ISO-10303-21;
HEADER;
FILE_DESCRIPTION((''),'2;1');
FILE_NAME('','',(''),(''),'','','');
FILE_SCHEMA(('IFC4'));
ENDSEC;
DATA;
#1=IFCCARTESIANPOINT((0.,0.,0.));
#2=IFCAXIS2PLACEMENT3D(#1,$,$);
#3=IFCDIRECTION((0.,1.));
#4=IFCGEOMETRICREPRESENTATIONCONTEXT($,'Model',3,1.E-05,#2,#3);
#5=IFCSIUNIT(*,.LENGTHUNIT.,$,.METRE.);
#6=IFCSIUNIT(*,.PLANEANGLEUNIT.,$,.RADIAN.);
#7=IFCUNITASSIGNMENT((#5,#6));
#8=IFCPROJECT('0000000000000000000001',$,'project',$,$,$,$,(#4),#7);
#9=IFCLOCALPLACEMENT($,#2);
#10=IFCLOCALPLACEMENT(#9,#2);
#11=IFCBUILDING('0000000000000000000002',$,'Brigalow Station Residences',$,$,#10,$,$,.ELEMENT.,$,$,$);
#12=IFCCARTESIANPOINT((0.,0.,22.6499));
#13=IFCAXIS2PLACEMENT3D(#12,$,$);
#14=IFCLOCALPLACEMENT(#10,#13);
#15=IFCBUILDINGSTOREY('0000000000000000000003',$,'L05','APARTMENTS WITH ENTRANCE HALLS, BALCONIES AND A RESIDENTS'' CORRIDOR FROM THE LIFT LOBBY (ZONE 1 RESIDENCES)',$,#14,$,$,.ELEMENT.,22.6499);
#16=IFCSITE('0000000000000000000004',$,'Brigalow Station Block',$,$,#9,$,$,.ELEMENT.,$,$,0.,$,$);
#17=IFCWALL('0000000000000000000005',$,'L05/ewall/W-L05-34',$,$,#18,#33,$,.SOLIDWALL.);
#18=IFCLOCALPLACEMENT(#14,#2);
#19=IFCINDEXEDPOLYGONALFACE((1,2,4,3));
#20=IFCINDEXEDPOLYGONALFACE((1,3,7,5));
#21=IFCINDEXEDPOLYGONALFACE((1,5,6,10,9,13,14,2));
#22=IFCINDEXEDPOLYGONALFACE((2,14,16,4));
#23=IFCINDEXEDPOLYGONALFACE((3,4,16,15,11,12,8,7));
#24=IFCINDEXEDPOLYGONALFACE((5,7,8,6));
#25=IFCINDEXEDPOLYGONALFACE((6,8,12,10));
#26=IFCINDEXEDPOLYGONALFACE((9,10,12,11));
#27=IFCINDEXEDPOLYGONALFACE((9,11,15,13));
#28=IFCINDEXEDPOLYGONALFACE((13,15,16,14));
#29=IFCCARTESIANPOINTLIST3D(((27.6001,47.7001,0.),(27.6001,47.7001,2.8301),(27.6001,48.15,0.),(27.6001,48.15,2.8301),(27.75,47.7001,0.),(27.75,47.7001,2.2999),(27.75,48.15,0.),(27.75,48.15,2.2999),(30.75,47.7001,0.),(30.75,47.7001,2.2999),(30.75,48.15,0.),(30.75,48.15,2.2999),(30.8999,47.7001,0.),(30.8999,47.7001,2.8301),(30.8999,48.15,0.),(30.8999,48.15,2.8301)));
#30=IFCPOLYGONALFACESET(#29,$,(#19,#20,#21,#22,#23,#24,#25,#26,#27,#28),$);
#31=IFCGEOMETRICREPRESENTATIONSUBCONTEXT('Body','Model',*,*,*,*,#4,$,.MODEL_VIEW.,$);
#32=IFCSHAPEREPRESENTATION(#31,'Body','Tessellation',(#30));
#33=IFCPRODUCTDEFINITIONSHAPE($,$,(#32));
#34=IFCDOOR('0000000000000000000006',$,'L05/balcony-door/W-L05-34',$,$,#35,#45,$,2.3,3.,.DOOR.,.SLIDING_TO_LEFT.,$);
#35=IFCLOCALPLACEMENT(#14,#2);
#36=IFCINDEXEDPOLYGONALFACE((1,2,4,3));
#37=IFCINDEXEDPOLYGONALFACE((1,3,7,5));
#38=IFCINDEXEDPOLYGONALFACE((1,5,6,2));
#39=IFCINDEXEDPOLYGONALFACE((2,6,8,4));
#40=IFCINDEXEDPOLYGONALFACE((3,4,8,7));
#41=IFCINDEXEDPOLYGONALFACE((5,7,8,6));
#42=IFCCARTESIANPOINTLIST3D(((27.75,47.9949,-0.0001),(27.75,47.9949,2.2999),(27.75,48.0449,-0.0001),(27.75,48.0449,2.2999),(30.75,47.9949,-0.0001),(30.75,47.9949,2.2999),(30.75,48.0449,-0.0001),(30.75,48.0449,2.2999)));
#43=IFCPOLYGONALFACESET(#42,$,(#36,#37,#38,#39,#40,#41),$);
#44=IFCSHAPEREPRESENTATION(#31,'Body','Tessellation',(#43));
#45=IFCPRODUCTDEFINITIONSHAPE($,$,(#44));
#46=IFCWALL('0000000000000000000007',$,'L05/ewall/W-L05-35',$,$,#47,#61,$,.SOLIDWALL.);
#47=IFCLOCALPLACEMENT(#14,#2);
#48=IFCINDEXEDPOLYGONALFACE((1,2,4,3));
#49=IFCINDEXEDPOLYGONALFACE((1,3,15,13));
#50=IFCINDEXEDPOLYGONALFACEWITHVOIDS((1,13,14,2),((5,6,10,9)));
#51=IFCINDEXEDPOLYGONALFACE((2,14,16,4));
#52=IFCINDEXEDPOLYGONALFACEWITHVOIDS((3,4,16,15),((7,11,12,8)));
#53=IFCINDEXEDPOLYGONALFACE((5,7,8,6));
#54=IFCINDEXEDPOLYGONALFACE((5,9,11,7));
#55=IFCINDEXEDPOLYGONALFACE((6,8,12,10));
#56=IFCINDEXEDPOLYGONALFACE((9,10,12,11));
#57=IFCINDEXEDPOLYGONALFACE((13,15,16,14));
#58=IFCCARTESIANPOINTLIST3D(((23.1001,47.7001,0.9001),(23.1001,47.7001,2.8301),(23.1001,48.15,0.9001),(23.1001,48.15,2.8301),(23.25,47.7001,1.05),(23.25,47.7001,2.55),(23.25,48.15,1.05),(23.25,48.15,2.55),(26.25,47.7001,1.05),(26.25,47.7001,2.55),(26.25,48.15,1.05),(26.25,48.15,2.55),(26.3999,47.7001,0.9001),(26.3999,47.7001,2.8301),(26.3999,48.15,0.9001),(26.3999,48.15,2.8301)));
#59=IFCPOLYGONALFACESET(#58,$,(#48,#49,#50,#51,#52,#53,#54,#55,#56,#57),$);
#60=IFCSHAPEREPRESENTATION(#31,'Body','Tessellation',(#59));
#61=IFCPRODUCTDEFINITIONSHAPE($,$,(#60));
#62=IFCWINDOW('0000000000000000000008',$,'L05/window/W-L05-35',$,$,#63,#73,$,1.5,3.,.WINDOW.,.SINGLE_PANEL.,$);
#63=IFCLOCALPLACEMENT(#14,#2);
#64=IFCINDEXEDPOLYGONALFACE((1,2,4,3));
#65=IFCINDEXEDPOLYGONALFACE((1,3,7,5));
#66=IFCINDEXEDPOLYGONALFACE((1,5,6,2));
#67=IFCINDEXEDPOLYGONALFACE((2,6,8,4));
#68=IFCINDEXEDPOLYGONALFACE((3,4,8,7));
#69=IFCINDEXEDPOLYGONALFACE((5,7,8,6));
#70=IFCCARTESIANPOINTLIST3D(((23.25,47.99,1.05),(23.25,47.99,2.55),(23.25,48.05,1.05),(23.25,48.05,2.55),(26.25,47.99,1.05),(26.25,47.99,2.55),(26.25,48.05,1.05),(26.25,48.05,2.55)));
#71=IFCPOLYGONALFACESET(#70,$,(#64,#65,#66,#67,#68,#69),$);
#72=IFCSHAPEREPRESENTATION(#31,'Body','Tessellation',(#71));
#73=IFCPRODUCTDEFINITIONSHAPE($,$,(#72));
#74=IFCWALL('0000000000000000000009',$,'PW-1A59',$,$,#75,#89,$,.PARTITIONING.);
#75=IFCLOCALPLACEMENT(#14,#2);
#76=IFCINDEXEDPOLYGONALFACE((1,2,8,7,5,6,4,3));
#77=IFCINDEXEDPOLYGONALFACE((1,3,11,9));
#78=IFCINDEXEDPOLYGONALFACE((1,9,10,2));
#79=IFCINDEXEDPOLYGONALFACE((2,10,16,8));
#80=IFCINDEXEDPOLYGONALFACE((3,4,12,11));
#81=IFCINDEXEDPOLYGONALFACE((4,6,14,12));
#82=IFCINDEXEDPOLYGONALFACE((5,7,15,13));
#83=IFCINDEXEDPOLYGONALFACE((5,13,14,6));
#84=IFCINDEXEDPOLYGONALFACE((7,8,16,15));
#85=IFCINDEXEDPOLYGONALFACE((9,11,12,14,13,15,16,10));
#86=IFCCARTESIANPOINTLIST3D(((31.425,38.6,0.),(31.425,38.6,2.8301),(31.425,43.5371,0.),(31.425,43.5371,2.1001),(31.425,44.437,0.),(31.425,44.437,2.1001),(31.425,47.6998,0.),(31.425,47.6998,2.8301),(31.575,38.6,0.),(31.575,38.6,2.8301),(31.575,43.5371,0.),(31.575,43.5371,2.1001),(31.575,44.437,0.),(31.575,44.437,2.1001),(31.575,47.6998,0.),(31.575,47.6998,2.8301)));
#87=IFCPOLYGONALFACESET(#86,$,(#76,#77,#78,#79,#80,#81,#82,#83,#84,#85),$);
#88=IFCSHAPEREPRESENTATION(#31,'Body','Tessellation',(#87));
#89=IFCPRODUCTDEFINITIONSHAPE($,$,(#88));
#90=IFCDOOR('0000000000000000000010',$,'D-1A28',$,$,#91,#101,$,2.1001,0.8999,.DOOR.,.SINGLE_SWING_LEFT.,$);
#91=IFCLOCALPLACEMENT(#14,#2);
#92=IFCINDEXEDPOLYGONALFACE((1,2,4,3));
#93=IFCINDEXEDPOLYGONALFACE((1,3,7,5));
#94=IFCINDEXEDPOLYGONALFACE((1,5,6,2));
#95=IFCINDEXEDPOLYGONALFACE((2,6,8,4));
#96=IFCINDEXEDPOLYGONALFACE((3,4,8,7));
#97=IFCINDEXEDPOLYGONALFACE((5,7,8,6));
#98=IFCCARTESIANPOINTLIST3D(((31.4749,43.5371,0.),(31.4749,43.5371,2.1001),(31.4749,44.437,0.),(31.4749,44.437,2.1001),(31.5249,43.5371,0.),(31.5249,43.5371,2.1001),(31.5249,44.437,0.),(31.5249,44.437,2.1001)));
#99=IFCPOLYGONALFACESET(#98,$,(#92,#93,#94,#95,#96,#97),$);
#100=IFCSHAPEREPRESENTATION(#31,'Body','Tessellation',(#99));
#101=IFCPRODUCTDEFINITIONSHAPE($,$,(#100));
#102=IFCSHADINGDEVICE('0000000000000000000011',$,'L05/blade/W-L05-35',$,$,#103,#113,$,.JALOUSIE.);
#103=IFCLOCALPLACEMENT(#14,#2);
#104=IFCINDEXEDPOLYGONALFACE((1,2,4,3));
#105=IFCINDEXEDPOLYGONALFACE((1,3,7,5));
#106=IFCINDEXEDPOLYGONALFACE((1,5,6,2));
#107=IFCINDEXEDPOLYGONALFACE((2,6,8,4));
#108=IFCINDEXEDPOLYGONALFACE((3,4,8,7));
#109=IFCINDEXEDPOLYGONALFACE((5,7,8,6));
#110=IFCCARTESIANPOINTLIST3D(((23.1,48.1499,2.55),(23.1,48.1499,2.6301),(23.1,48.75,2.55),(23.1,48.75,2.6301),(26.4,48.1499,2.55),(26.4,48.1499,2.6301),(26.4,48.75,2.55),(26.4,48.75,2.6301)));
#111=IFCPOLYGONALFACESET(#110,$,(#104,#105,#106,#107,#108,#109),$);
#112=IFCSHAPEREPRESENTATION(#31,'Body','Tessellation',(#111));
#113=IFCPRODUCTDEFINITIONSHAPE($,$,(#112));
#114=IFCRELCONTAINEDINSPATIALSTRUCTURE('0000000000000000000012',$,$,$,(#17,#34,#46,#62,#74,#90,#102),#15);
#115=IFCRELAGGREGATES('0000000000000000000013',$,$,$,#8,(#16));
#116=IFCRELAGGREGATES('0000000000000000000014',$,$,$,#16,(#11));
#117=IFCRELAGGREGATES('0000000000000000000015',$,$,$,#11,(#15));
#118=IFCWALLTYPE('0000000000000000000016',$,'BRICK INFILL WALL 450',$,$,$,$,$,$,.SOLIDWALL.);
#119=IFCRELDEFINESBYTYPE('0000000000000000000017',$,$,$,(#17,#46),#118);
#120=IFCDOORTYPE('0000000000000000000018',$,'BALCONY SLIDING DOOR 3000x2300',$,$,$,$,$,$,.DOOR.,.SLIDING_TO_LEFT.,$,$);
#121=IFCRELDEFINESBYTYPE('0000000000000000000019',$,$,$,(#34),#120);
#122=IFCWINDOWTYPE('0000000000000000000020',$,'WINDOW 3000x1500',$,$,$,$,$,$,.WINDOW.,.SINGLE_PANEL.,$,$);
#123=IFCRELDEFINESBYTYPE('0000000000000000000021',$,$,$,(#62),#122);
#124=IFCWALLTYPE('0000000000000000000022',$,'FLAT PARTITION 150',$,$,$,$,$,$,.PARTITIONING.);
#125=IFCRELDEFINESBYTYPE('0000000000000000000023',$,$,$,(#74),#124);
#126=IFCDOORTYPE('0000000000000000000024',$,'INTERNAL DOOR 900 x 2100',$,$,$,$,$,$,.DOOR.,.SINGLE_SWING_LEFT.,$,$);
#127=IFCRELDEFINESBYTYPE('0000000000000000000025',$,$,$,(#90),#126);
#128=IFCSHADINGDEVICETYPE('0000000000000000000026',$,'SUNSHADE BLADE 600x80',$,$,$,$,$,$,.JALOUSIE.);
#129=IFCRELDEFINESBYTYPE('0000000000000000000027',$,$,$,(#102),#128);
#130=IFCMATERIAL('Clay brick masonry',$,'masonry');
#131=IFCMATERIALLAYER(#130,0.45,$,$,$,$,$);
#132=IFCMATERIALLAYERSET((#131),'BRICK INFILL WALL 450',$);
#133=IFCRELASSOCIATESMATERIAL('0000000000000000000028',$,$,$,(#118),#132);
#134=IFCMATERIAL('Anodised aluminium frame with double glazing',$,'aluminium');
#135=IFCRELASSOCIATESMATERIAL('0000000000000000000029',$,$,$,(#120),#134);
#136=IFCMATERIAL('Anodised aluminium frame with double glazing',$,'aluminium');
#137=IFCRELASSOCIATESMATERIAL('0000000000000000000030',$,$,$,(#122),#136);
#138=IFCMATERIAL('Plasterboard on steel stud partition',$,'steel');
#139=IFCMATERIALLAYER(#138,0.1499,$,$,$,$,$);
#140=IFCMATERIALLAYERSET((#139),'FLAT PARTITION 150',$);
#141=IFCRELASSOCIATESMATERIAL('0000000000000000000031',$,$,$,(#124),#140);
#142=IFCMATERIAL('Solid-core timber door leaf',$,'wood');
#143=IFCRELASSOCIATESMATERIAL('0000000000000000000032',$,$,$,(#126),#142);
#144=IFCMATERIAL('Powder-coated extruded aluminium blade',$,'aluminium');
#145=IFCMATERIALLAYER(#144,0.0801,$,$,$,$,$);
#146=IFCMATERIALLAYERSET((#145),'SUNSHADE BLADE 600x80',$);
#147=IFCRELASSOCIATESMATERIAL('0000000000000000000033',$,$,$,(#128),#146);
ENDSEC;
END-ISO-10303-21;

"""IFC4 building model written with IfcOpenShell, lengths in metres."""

from ifc_helpers import new_model, si_unit, direction, frame, frame_2d, origin, origin_2d, place, context, subcontext, project, spatial, rectangle, extrude, material, layer, layer_set, type_object, element, fill, save


model = new_model("IFC4")

# Units and contexts
model_context = context("Model", 3, precision=1e-05, world=origin(), true_north=direction((0.0, 1.0)))
body_context = subcontext(model_context, "Body", "Model", "MODEL_VIEW")
ifc_project = project(units=[si_unit("LENGTHUNIT", "METRE"), si_unit("PLANEANGLEUNIT", "RADIAN")], contexts=[model_context])

# Site, building, storey
site_placement = place(None, origin())
site = spatial("IfcSite", under=ifc_project, at=site_placement, Name="Brigalow Station Block", CompositionType="ELEMENT", RefElevation=0.0)
building_placement = place(site_placement, origin())
building = spatial("IfcBuilding", under=site, at=building_placement, Name="Brigalow Station Residences", CompositionType="ELEMENT")
storey_placement = place(building_placement, frame((0.0, 0.0, 22.6499)))
storey = spatial("IfcBuildingStorey", under=building, at=storey_placement, Name="L05", Description="APARTMENTS WITH ENTRANCE HALLS, BALCONIES AND A RESIDENTS' CORRIDOR FROM THE LIFT LOBBY (ZONE 1 RESIDENCES)", CompositionType="ELEMENT", Elevation=22.6499)

# Wall, opening, door
ifc_material_1 = material(Name="Clay brick masonry", Category="masonry")
ifc_layer_1 = layer(ifc_material_1, 0.45)
ifc_layer_set_1 = layer_set([ifc_layer_1], Name="BRICK INFILL WALL 450")
wall_type_1 = type_object("IfcWallType", Name="BRICK INFILL WALL 450", PredefinedType="SOLIDWALL", material=ifc_layer_set_1)
ifc_material_2 = material(Name="Anodised aluminium frame with double glazing", Category="aluminium")
door_type_1 = type_object("IfcDoorType", Name="BALCONY SLIDING DOOR 3000x2300", OperationType="SLIDING_TO_LEFT", PredefinedType="DOOR", material=ifc_material_2)
wall_1_placement = place(storey_placement, frame((30.8999, 47.925, 0.0), z_axis=(0.0, 0.0, 1.0), x_axis=(-1.0, 0.0, 0.0)))
wall_1 = element("IfcWall", 1, at=wall_1_placement, inside=storey, type_object=wall_type_1, Name="L05/ewall/W-L05-34", PredefinedType="SOLIDWALL", context=body_context, shape_type="SweptSolid", body=[
    extrude(rectangle(XDim=3.2998, YDim=0.45, at=frame_2d((1.6499, 0.0))), origin(), (0.0, 0.0, 1.0), 2.8301),
])
opening_1_placement = place(wall_1_placement, frame((0.1499, 0.0, 0.0)))
opening_1 = element("IfcOpeningElement", 2, at=opening_1_placement, cuts=wall_1, PredefinedType="OPENING", context=body_context, shape_type="SweptSolid", body=[
    extrude(rectangle(XDim=3.0, YDim=2.3, at=frame_2d((1.5, 1.1499))), frame((0.0, 0.2349, 0.0), z_axis=(0.0, -1.0, 0.0), x_axis=(1.0, 0.0, 0.0)), (0.0, 0.0, 1.0), 0.47),
])
door_1_placement = place(opening_1_placement, origin())
door_1 = element("IfcDoor", 3, at=door_1_placement, inside=storey, type_object=door_type_1, Name="L05/balcony-door/W-L05-34", OperationType="SLIDING_TO_LEFT", OverallHeight=2.3, OverallWidth=3.0, PredefinedType="DOOR", context=body_context, shape_type="SweptSolid", body=[
    extrude(rectangle(XDim=3.0, YDim=2.3, at=frame_2d((1.5, 1.1499))), frame((0.0, -0.0698, 0.0), z_axis=(0.0, -1.0, 0.0), x_axis=(1.0, 0.0, 0.0)), (0.0, 0.0, 1.0), 0.05),
])
fill(opening_1, door_1)

# Wall, opening, window
wall_2_placement = place(storey_placement, frame((26.3999, 47.925, 0.9001), z_axis=(0.0, 0.0, 1.0), x_axis=(-1.0, 0.0, 0.0)))
wall_2 = element("IfcWall", 4, at=wall_2_placement, inside=storey, type_object=wall_type_1, Name="L05/ewall/W-L05-35", PredefinedType="SOLIDWALL", context=body_context, shape_type="SweptSolid", body=[
    extrude(rectangle(XDim=3.2998, YDim=0.45, at=frame_2d((1.6499, 0.0))), origin(), (0.0, 0.0, 1.0), 1.9299),
])
opening_2_placement = place(wall_2_placement, frame((0.1499, 0.0, 0.1499)))
opening_2 = element("IfcOpeningElement", 5, at=opening_2_placement, cuts=wall_2, PredefinedType="OPENING", context=body_context, shape_type="SweptSolid", body=[
    extrude(rectangle(XDim=3.0, YDim=1.5, at=frame_2d((1.5, 0.75))), frame((0.0, 0.2349, 0.0), z_axis=(0.0, -1.0, 0.0), x_axis=(1.0, 0.0, 0.0)), (0.0, 0.0, 1.0), 0.47),
])
ifc_material_3 = material(Name="Anodised aluminium frame with double glazing", Category="aluminium")
window_type = type_object("IfcWindowType", Name="WINDOW 3000x1500", PartitioningType="SINGLE_PANEL", PredefinedType="WINDOW", material=ifc_material_3)
window_placement = place(opening_2_placement, origin())
window = element("IfcWindow", 6, at=window_placement, inside=storey, type_object=window_type, Name="L05/window/W-L05-35", OverallHeight=1.5, OverallWidth=3.0, PartitioningType="SINGLE_PANEL", PredefinedType="WINDOW", context=body_context, shape_type="SweptSolid", body=[
    extrude(rectangle(XDim=3.0, YDim=1.5, at=frame_2d((1.5, 0.75))), frame((0.0, -0.0649, 0.0), z_axis=(0.0, -1.0, 0.0), x_axis=(1.0, 0.0, 0.0)), (0.0, 0.0, 1.0), 0.0601),
])
fill(opening_2, window)

# Wall, opening, door
ifc_material_4 = material(Name="Plasterboard on steel stud partition", Category="steel")
ifc_layer_2 = layer(ifc_material_4, 0.1499)
ifc_layer_set_2 = layer_set([ifc_layer_2], Name="FLAT PARTITION 150")
wall_type_2 = type_object("IfcWallType", Name="FLAT PARTITION 150", PredefinedType="PARTITIONING", material=ifc_layer_set_2)
wall_3_placement = place(storey_placement, frame((31.5, 38.6001, 0.0), z_axis=(0.0, 0.0, 1.0), x_axis=(0.0, 1.0, 0.0)))
wall_3 = element("IfcWall", 7, at=wall_3_placement, inside=storey, type_object=wall_type_2, Name="PW-1A59", PredefinedType="PARTITIONING", context=body_context, shape_type="SweptSolid", body=[
    extrude(rectangle(XDim=9.0999, YDim=0.1499, at=frame_2d((4.5498, 0.0))), origin(), (0.0, 0.0, 1.0), 2.8301),
])
opening_3_placement = place(wall_3_placement, frame((4.937, 0.0, 0.0)))
opening_3 = element("IfcOpeningElement", 8, at=opening_3_placement, cuts=wall_3, PredefinedType="OPENING", context=body_context, shape_type="SweptSolid", body=[
    extrude(rectangle(XDim=0.8999, YDim=2.1001, at=frame_2d((0.45, 1.05))), frame((0.0, 0.085, 0.0), z_axis=(0.0, -1.0, 0.0), x_axis=(1.0, 0.0, 0.0)), (0.0, 0.0, 1.0), 0.1699),
])
ifc_material_5 = material(Name="Solid-core timber door leaf", Category="wood")
door_type_2 = type_object("IfcDoorType", Name="INTERNAL DOOR 900 x 2100", OperationType="SINGLE_SWING_LEFT", PredefinedType="DOOR", material=ifc_material_5)
door_2_placement = place(opening_3_placement, frame((0.8999, 0.0, 0.0), z_axis=(0.0, 0.0, 1.0), x_axis=(-1.0, 0.0, 0.0)))
door_2 = element("IfcDoor", 9, at=door_2_placement, inside=storey, type_object=door_type_2, Name="D-1A28", OperationType="SINGLE_SWING_LEFT", OverallHeight=2.1001, OverallWidth=0.8999, PredefinedType="DOOR", context=body_context, shape_type="SweptSolid", body=[
    extrude(rectangle(XDim=0.8999, YDim=2.1001, at=frame_2d((0.45, 1.05))), frame((0.0, 0.0249, 0.0), z_axis=(0.0, -1.0, 0.0), x_axis=(1.0, 0.0, 0.0)), (0.0, 0.0, 1.0), 0.05),
])
fill(opening_3, door_2)

# Shading device
ifc_material_6 = material(Name="Powder-coated extruded aluminium blade", Category="aluminium")
ifc_layer_3 = layer(ifc_material_6, 0.0801)
ifc_layer_set_3 = layer_set([ifc_layer_3], Name="SUNSHADE BLADE 600x80")
shading_device_type = type_object("IfcShadingDeviceType", Name="SUNSHADE BLADE 600x80", PredefinedType="JALOUSIE", material=ifc_layer_set_3)
shading_device_placement = place(storey_placement, frame((24.75, 48.45, 2.55), z_axis=(0.0, 0.0, 1.0), x_axis=(-1.0, 0.0, 0.0)))
element("IfcShadingDevice", 10, at=shading_device_placement, inside=storey, type_object=shading_device_type, Name="L05/blade/W-L05-35", PredefinedType="JALOUSIE", context=body_context, shape_type="SweptSolid", body=[
    extrude(rectangle(XDim=3.3, YDim=0.6001, at=origin_2d()), origin(), (0.0, 0.0, 1.0), 0.0801),
])

save(model, "model.ifc")
